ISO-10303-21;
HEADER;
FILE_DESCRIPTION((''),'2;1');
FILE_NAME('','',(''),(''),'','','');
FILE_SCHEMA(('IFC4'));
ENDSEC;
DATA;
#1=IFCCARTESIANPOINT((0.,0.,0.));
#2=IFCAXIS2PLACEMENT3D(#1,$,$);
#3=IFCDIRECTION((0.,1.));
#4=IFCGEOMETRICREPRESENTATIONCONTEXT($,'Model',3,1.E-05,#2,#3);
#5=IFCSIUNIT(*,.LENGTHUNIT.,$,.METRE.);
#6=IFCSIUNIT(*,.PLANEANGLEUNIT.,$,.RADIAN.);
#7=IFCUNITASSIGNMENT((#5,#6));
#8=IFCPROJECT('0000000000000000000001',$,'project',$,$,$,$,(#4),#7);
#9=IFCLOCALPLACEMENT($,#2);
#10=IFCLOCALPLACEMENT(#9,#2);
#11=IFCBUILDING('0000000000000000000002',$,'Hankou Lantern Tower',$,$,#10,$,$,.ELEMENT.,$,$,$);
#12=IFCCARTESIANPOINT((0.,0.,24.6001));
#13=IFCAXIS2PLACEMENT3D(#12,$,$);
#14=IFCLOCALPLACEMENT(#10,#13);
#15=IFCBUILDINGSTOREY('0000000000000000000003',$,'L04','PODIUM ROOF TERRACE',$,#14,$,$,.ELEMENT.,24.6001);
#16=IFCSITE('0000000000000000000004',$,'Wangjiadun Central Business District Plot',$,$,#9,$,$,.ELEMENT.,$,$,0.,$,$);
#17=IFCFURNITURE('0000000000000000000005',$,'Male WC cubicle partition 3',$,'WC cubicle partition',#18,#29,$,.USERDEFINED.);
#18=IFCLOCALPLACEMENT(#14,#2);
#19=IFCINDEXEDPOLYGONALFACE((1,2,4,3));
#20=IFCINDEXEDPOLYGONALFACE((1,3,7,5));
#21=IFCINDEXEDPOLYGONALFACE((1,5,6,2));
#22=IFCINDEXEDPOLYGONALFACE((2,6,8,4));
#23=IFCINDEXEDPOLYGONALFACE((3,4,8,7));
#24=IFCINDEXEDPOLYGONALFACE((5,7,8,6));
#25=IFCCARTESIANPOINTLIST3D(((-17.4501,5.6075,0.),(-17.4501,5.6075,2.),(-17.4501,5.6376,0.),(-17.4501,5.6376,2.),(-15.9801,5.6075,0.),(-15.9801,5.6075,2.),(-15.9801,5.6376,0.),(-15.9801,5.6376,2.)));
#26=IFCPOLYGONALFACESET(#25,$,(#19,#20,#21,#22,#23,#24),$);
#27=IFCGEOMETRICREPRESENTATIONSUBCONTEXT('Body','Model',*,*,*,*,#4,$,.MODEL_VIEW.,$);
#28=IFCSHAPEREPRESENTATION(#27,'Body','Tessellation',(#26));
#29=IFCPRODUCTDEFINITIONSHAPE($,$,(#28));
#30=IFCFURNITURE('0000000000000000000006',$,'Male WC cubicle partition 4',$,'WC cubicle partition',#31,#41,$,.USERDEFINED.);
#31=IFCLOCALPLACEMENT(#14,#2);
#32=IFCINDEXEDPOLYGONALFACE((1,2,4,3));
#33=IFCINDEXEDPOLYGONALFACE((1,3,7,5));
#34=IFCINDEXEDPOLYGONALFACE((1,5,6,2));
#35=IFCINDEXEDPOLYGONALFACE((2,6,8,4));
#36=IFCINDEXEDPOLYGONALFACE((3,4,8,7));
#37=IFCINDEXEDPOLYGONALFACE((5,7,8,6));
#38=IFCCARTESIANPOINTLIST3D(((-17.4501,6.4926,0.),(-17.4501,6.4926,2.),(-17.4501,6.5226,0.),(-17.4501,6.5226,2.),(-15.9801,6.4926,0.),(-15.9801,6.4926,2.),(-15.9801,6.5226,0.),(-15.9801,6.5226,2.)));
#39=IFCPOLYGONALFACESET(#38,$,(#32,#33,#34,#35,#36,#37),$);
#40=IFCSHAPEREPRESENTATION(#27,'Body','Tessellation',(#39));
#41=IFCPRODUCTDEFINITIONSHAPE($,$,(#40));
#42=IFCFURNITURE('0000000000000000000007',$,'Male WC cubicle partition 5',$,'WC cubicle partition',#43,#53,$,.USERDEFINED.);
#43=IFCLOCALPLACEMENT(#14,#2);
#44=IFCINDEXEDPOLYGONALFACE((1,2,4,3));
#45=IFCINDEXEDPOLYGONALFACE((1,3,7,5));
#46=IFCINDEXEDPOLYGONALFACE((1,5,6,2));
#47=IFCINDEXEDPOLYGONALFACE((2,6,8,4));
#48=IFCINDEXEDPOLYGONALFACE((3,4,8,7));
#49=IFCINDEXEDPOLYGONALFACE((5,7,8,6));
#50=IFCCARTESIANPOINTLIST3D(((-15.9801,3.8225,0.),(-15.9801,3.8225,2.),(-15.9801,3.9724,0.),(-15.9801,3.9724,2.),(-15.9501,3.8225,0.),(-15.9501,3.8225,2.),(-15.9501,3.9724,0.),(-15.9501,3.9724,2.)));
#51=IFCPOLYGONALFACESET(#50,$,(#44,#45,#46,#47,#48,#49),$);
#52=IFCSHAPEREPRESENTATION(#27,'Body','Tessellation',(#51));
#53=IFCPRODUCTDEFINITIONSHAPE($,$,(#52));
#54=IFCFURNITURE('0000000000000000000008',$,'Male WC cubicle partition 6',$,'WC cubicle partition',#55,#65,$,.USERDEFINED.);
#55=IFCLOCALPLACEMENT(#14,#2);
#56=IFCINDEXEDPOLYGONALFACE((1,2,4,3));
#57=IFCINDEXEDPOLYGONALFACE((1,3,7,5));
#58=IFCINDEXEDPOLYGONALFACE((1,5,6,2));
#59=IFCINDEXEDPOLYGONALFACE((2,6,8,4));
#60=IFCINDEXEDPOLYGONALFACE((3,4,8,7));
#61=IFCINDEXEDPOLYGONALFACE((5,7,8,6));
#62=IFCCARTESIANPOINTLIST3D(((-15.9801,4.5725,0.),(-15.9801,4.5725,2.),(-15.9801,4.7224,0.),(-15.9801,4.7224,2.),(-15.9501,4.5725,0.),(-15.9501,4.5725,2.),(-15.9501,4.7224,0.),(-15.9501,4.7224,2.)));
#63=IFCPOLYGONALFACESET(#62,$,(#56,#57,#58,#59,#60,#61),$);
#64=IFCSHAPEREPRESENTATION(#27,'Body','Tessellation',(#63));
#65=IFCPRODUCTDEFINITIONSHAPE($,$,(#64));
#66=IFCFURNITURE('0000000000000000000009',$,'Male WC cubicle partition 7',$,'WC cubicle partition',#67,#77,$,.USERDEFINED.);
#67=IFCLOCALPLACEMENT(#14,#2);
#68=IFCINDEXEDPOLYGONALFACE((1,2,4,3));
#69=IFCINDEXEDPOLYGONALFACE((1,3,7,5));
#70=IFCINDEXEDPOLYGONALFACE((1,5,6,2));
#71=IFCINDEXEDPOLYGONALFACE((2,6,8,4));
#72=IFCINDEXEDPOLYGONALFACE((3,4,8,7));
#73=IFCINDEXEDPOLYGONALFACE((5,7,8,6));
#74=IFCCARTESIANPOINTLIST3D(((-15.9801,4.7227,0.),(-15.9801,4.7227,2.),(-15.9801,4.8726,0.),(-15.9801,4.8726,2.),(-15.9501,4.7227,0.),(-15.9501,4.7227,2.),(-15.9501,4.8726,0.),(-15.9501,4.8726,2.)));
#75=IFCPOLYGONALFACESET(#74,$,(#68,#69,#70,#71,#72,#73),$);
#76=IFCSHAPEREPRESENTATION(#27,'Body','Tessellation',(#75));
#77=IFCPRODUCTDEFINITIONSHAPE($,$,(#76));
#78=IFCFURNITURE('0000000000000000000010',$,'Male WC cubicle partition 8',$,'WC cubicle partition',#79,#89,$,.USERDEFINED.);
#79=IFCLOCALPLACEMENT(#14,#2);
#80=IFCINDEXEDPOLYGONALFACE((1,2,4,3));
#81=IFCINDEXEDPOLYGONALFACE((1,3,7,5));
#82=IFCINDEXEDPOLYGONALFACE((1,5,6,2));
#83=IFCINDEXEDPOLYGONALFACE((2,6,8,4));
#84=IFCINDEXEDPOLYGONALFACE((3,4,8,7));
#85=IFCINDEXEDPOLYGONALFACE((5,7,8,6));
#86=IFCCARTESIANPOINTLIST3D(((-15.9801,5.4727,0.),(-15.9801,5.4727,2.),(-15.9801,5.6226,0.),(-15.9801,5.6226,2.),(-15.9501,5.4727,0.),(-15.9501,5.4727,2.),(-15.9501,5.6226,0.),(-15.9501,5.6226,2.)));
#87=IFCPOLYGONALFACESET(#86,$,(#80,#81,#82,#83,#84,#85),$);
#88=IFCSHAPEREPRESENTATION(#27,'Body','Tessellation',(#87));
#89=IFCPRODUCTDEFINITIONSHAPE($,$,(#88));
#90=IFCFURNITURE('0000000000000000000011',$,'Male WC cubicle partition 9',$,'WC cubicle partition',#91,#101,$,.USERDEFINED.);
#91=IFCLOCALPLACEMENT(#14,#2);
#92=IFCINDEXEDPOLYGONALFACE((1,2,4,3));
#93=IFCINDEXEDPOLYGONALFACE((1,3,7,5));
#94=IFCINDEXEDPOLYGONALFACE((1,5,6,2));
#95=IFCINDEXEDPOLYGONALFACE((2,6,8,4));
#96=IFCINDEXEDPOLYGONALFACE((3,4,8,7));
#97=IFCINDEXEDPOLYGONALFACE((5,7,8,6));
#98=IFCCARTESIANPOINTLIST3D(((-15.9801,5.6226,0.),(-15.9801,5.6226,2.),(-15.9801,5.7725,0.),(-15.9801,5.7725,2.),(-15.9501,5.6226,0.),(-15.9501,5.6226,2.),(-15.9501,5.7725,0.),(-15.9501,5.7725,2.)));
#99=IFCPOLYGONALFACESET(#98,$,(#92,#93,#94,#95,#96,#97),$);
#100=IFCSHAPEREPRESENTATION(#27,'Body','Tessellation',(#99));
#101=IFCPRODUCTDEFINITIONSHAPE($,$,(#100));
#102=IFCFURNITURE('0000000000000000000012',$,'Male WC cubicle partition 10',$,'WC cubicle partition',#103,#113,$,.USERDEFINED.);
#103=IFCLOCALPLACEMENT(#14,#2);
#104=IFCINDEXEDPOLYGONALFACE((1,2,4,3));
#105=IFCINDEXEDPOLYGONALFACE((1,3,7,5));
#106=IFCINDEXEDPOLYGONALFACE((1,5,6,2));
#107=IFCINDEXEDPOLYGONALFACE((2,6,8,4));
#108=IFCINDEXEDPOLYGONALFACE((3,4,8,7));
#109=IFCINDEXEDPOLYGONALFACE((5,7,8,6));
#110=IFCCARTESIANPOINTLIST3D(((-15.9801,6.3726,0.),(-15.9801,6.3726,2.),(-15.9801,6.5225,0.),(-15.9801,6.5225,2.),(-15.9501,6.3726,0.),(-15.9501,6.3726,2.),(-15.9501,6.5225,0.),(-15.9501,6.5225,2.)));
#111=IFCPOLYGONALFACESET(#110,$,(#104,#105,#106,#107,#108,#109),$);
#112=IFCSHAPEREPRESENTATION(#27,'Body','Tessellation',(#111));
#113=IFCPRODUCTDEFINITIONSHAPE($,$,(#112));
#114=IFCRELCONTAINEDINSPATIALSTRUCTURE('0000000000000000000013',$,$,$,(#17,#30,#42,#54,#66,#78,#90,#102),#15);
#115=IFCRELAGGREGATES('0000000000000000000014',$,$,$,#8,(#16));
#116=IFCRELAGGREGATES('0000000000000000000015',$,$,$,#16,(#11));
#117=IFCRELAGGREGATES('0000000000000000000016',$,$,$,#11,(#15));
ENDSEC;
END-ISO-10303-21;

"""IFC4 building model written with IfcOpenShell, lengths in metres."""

from ifc_helpers import new_model, si_unit, direction, frame, origin, origin_2d, place, context, subcontext, project, spatial, rectangle, extrude, element, save


model = new_model("IFC4")

# Units and contexts
model_context = context("Model", 3, precision=1e-05, world=origin(), true_north=direction((0.0, 1.0)))
body_context = subcontext(model_context, "Body", "Model", "MODEL_VIEW")
ifc_project = project(units=[si_unit("LENGTHUNIT", "METRE"), si_unit("PLANEANGLEUNIT", "RADIAN")], contexts=[model_context])

# Site, building, storey
site_placement = place(None, origin())
site = spatial("IfcSite", under=ifc_project, at=site_placement, Name="Wangjiadun Central Business District Plot", CompositionType="ELEMENT", RefElevation=0.0)
building_placement = place(site_placement, origin())
building = spatial("IfcBuilding", under=site, at=building_placement, Name="Hankou Lantern Tower", CompositionType="ELEMENT")
storey_placement = place(building_placement, frame((0.0, 0.0, 24.6001)))
storey = spatial("IfcBuildingStorey", under=building, at=storey_placement, Name="L04", Description="PODIUM ROOF TERRACE", CompositionType="ELEMENT", Elevation=24.6001)

# Furniture
for number, where, z_axis, x_axis, name in (
    (1, (-16.7151, 5.6226, 0.0), (0.0, 0.0, 1.0), (0.0, 1.0, 0.0), "Male WC cubicle partition 3"),
    (2, (-16.7151, 6.5076, 0.0), (0.0, 0.0, 1.0), (0.0, 1.0, 0.0), "Male WC cubicle partition 4"),
):
    element("IfcFurniture", number, at=place(storey_placement, frame(where, z_axis=z_axis, x_axis=x_axis)), inside=storey, Name=name, ObjectType="WC cubicle partition", PredefinedType="USERDEFINED", context=body_context, shape_type="SweptSolid", body=[
        extrude(rectangle(XDim=0.03, YDim=1.47, at=origin_2d()), origin(), (0.0, 0.0, 1.0), 2.0),
    ])
for number, where, z_axis, x_axis, name in (
    (3, (-15.9651, 3.8975, 0.0), (0.0, 0.0, 1.0), (0.0, 1.0, 0.0), "Male WC cubicle partition 5"),
    (4, (-15.9651, 4.6475, 0.0), (0.0, 0.0, 1.0), (0.0, 1.0, 0.0), "Male WC cubicle partition 6"),
    (5, (-15.9651, 4.7976, 0.0), (0.0, 0.0, 1.0), (0.0, 1.0, 0.0), "Male WC cubicle partition 7"),
    (6, (-15.9651, 5.5476, 0.0), (0.0, 0.0, 1.0), (0.0, 1.0, 0.0), "Male WC cubicle partition 8"),
    (7, (-15.9651, 5.6975, 0.0), (0.0, 0.0, 1.0), (0.0, 1.0, 0.0), "Male WC cubicle partition 9"),
    (8, (-15.9651, 6.4475, 0.0), (0.0, 0.0, 1.0), (0.0, 1.0, 0.0), "Male WC cubicle partition 10"),
):
    element("IfcFurniture", number, at=place(storey_placement, frame(where, z_axis=z_axis, x_axis=x_axis)), inside=storey, Name=name, ObjectType="WC cubicle partition", PredefinedType="USERDEFINED", context=body_context, shape_type="SweptSolid", body=[
        extrude(rectangle(XDim=0.1499, YDim=0.03, at=origin_2d()), origin(), (0.0, 0.0, 1.0), 2.0),
    ])

save(model, "model.ifc")
